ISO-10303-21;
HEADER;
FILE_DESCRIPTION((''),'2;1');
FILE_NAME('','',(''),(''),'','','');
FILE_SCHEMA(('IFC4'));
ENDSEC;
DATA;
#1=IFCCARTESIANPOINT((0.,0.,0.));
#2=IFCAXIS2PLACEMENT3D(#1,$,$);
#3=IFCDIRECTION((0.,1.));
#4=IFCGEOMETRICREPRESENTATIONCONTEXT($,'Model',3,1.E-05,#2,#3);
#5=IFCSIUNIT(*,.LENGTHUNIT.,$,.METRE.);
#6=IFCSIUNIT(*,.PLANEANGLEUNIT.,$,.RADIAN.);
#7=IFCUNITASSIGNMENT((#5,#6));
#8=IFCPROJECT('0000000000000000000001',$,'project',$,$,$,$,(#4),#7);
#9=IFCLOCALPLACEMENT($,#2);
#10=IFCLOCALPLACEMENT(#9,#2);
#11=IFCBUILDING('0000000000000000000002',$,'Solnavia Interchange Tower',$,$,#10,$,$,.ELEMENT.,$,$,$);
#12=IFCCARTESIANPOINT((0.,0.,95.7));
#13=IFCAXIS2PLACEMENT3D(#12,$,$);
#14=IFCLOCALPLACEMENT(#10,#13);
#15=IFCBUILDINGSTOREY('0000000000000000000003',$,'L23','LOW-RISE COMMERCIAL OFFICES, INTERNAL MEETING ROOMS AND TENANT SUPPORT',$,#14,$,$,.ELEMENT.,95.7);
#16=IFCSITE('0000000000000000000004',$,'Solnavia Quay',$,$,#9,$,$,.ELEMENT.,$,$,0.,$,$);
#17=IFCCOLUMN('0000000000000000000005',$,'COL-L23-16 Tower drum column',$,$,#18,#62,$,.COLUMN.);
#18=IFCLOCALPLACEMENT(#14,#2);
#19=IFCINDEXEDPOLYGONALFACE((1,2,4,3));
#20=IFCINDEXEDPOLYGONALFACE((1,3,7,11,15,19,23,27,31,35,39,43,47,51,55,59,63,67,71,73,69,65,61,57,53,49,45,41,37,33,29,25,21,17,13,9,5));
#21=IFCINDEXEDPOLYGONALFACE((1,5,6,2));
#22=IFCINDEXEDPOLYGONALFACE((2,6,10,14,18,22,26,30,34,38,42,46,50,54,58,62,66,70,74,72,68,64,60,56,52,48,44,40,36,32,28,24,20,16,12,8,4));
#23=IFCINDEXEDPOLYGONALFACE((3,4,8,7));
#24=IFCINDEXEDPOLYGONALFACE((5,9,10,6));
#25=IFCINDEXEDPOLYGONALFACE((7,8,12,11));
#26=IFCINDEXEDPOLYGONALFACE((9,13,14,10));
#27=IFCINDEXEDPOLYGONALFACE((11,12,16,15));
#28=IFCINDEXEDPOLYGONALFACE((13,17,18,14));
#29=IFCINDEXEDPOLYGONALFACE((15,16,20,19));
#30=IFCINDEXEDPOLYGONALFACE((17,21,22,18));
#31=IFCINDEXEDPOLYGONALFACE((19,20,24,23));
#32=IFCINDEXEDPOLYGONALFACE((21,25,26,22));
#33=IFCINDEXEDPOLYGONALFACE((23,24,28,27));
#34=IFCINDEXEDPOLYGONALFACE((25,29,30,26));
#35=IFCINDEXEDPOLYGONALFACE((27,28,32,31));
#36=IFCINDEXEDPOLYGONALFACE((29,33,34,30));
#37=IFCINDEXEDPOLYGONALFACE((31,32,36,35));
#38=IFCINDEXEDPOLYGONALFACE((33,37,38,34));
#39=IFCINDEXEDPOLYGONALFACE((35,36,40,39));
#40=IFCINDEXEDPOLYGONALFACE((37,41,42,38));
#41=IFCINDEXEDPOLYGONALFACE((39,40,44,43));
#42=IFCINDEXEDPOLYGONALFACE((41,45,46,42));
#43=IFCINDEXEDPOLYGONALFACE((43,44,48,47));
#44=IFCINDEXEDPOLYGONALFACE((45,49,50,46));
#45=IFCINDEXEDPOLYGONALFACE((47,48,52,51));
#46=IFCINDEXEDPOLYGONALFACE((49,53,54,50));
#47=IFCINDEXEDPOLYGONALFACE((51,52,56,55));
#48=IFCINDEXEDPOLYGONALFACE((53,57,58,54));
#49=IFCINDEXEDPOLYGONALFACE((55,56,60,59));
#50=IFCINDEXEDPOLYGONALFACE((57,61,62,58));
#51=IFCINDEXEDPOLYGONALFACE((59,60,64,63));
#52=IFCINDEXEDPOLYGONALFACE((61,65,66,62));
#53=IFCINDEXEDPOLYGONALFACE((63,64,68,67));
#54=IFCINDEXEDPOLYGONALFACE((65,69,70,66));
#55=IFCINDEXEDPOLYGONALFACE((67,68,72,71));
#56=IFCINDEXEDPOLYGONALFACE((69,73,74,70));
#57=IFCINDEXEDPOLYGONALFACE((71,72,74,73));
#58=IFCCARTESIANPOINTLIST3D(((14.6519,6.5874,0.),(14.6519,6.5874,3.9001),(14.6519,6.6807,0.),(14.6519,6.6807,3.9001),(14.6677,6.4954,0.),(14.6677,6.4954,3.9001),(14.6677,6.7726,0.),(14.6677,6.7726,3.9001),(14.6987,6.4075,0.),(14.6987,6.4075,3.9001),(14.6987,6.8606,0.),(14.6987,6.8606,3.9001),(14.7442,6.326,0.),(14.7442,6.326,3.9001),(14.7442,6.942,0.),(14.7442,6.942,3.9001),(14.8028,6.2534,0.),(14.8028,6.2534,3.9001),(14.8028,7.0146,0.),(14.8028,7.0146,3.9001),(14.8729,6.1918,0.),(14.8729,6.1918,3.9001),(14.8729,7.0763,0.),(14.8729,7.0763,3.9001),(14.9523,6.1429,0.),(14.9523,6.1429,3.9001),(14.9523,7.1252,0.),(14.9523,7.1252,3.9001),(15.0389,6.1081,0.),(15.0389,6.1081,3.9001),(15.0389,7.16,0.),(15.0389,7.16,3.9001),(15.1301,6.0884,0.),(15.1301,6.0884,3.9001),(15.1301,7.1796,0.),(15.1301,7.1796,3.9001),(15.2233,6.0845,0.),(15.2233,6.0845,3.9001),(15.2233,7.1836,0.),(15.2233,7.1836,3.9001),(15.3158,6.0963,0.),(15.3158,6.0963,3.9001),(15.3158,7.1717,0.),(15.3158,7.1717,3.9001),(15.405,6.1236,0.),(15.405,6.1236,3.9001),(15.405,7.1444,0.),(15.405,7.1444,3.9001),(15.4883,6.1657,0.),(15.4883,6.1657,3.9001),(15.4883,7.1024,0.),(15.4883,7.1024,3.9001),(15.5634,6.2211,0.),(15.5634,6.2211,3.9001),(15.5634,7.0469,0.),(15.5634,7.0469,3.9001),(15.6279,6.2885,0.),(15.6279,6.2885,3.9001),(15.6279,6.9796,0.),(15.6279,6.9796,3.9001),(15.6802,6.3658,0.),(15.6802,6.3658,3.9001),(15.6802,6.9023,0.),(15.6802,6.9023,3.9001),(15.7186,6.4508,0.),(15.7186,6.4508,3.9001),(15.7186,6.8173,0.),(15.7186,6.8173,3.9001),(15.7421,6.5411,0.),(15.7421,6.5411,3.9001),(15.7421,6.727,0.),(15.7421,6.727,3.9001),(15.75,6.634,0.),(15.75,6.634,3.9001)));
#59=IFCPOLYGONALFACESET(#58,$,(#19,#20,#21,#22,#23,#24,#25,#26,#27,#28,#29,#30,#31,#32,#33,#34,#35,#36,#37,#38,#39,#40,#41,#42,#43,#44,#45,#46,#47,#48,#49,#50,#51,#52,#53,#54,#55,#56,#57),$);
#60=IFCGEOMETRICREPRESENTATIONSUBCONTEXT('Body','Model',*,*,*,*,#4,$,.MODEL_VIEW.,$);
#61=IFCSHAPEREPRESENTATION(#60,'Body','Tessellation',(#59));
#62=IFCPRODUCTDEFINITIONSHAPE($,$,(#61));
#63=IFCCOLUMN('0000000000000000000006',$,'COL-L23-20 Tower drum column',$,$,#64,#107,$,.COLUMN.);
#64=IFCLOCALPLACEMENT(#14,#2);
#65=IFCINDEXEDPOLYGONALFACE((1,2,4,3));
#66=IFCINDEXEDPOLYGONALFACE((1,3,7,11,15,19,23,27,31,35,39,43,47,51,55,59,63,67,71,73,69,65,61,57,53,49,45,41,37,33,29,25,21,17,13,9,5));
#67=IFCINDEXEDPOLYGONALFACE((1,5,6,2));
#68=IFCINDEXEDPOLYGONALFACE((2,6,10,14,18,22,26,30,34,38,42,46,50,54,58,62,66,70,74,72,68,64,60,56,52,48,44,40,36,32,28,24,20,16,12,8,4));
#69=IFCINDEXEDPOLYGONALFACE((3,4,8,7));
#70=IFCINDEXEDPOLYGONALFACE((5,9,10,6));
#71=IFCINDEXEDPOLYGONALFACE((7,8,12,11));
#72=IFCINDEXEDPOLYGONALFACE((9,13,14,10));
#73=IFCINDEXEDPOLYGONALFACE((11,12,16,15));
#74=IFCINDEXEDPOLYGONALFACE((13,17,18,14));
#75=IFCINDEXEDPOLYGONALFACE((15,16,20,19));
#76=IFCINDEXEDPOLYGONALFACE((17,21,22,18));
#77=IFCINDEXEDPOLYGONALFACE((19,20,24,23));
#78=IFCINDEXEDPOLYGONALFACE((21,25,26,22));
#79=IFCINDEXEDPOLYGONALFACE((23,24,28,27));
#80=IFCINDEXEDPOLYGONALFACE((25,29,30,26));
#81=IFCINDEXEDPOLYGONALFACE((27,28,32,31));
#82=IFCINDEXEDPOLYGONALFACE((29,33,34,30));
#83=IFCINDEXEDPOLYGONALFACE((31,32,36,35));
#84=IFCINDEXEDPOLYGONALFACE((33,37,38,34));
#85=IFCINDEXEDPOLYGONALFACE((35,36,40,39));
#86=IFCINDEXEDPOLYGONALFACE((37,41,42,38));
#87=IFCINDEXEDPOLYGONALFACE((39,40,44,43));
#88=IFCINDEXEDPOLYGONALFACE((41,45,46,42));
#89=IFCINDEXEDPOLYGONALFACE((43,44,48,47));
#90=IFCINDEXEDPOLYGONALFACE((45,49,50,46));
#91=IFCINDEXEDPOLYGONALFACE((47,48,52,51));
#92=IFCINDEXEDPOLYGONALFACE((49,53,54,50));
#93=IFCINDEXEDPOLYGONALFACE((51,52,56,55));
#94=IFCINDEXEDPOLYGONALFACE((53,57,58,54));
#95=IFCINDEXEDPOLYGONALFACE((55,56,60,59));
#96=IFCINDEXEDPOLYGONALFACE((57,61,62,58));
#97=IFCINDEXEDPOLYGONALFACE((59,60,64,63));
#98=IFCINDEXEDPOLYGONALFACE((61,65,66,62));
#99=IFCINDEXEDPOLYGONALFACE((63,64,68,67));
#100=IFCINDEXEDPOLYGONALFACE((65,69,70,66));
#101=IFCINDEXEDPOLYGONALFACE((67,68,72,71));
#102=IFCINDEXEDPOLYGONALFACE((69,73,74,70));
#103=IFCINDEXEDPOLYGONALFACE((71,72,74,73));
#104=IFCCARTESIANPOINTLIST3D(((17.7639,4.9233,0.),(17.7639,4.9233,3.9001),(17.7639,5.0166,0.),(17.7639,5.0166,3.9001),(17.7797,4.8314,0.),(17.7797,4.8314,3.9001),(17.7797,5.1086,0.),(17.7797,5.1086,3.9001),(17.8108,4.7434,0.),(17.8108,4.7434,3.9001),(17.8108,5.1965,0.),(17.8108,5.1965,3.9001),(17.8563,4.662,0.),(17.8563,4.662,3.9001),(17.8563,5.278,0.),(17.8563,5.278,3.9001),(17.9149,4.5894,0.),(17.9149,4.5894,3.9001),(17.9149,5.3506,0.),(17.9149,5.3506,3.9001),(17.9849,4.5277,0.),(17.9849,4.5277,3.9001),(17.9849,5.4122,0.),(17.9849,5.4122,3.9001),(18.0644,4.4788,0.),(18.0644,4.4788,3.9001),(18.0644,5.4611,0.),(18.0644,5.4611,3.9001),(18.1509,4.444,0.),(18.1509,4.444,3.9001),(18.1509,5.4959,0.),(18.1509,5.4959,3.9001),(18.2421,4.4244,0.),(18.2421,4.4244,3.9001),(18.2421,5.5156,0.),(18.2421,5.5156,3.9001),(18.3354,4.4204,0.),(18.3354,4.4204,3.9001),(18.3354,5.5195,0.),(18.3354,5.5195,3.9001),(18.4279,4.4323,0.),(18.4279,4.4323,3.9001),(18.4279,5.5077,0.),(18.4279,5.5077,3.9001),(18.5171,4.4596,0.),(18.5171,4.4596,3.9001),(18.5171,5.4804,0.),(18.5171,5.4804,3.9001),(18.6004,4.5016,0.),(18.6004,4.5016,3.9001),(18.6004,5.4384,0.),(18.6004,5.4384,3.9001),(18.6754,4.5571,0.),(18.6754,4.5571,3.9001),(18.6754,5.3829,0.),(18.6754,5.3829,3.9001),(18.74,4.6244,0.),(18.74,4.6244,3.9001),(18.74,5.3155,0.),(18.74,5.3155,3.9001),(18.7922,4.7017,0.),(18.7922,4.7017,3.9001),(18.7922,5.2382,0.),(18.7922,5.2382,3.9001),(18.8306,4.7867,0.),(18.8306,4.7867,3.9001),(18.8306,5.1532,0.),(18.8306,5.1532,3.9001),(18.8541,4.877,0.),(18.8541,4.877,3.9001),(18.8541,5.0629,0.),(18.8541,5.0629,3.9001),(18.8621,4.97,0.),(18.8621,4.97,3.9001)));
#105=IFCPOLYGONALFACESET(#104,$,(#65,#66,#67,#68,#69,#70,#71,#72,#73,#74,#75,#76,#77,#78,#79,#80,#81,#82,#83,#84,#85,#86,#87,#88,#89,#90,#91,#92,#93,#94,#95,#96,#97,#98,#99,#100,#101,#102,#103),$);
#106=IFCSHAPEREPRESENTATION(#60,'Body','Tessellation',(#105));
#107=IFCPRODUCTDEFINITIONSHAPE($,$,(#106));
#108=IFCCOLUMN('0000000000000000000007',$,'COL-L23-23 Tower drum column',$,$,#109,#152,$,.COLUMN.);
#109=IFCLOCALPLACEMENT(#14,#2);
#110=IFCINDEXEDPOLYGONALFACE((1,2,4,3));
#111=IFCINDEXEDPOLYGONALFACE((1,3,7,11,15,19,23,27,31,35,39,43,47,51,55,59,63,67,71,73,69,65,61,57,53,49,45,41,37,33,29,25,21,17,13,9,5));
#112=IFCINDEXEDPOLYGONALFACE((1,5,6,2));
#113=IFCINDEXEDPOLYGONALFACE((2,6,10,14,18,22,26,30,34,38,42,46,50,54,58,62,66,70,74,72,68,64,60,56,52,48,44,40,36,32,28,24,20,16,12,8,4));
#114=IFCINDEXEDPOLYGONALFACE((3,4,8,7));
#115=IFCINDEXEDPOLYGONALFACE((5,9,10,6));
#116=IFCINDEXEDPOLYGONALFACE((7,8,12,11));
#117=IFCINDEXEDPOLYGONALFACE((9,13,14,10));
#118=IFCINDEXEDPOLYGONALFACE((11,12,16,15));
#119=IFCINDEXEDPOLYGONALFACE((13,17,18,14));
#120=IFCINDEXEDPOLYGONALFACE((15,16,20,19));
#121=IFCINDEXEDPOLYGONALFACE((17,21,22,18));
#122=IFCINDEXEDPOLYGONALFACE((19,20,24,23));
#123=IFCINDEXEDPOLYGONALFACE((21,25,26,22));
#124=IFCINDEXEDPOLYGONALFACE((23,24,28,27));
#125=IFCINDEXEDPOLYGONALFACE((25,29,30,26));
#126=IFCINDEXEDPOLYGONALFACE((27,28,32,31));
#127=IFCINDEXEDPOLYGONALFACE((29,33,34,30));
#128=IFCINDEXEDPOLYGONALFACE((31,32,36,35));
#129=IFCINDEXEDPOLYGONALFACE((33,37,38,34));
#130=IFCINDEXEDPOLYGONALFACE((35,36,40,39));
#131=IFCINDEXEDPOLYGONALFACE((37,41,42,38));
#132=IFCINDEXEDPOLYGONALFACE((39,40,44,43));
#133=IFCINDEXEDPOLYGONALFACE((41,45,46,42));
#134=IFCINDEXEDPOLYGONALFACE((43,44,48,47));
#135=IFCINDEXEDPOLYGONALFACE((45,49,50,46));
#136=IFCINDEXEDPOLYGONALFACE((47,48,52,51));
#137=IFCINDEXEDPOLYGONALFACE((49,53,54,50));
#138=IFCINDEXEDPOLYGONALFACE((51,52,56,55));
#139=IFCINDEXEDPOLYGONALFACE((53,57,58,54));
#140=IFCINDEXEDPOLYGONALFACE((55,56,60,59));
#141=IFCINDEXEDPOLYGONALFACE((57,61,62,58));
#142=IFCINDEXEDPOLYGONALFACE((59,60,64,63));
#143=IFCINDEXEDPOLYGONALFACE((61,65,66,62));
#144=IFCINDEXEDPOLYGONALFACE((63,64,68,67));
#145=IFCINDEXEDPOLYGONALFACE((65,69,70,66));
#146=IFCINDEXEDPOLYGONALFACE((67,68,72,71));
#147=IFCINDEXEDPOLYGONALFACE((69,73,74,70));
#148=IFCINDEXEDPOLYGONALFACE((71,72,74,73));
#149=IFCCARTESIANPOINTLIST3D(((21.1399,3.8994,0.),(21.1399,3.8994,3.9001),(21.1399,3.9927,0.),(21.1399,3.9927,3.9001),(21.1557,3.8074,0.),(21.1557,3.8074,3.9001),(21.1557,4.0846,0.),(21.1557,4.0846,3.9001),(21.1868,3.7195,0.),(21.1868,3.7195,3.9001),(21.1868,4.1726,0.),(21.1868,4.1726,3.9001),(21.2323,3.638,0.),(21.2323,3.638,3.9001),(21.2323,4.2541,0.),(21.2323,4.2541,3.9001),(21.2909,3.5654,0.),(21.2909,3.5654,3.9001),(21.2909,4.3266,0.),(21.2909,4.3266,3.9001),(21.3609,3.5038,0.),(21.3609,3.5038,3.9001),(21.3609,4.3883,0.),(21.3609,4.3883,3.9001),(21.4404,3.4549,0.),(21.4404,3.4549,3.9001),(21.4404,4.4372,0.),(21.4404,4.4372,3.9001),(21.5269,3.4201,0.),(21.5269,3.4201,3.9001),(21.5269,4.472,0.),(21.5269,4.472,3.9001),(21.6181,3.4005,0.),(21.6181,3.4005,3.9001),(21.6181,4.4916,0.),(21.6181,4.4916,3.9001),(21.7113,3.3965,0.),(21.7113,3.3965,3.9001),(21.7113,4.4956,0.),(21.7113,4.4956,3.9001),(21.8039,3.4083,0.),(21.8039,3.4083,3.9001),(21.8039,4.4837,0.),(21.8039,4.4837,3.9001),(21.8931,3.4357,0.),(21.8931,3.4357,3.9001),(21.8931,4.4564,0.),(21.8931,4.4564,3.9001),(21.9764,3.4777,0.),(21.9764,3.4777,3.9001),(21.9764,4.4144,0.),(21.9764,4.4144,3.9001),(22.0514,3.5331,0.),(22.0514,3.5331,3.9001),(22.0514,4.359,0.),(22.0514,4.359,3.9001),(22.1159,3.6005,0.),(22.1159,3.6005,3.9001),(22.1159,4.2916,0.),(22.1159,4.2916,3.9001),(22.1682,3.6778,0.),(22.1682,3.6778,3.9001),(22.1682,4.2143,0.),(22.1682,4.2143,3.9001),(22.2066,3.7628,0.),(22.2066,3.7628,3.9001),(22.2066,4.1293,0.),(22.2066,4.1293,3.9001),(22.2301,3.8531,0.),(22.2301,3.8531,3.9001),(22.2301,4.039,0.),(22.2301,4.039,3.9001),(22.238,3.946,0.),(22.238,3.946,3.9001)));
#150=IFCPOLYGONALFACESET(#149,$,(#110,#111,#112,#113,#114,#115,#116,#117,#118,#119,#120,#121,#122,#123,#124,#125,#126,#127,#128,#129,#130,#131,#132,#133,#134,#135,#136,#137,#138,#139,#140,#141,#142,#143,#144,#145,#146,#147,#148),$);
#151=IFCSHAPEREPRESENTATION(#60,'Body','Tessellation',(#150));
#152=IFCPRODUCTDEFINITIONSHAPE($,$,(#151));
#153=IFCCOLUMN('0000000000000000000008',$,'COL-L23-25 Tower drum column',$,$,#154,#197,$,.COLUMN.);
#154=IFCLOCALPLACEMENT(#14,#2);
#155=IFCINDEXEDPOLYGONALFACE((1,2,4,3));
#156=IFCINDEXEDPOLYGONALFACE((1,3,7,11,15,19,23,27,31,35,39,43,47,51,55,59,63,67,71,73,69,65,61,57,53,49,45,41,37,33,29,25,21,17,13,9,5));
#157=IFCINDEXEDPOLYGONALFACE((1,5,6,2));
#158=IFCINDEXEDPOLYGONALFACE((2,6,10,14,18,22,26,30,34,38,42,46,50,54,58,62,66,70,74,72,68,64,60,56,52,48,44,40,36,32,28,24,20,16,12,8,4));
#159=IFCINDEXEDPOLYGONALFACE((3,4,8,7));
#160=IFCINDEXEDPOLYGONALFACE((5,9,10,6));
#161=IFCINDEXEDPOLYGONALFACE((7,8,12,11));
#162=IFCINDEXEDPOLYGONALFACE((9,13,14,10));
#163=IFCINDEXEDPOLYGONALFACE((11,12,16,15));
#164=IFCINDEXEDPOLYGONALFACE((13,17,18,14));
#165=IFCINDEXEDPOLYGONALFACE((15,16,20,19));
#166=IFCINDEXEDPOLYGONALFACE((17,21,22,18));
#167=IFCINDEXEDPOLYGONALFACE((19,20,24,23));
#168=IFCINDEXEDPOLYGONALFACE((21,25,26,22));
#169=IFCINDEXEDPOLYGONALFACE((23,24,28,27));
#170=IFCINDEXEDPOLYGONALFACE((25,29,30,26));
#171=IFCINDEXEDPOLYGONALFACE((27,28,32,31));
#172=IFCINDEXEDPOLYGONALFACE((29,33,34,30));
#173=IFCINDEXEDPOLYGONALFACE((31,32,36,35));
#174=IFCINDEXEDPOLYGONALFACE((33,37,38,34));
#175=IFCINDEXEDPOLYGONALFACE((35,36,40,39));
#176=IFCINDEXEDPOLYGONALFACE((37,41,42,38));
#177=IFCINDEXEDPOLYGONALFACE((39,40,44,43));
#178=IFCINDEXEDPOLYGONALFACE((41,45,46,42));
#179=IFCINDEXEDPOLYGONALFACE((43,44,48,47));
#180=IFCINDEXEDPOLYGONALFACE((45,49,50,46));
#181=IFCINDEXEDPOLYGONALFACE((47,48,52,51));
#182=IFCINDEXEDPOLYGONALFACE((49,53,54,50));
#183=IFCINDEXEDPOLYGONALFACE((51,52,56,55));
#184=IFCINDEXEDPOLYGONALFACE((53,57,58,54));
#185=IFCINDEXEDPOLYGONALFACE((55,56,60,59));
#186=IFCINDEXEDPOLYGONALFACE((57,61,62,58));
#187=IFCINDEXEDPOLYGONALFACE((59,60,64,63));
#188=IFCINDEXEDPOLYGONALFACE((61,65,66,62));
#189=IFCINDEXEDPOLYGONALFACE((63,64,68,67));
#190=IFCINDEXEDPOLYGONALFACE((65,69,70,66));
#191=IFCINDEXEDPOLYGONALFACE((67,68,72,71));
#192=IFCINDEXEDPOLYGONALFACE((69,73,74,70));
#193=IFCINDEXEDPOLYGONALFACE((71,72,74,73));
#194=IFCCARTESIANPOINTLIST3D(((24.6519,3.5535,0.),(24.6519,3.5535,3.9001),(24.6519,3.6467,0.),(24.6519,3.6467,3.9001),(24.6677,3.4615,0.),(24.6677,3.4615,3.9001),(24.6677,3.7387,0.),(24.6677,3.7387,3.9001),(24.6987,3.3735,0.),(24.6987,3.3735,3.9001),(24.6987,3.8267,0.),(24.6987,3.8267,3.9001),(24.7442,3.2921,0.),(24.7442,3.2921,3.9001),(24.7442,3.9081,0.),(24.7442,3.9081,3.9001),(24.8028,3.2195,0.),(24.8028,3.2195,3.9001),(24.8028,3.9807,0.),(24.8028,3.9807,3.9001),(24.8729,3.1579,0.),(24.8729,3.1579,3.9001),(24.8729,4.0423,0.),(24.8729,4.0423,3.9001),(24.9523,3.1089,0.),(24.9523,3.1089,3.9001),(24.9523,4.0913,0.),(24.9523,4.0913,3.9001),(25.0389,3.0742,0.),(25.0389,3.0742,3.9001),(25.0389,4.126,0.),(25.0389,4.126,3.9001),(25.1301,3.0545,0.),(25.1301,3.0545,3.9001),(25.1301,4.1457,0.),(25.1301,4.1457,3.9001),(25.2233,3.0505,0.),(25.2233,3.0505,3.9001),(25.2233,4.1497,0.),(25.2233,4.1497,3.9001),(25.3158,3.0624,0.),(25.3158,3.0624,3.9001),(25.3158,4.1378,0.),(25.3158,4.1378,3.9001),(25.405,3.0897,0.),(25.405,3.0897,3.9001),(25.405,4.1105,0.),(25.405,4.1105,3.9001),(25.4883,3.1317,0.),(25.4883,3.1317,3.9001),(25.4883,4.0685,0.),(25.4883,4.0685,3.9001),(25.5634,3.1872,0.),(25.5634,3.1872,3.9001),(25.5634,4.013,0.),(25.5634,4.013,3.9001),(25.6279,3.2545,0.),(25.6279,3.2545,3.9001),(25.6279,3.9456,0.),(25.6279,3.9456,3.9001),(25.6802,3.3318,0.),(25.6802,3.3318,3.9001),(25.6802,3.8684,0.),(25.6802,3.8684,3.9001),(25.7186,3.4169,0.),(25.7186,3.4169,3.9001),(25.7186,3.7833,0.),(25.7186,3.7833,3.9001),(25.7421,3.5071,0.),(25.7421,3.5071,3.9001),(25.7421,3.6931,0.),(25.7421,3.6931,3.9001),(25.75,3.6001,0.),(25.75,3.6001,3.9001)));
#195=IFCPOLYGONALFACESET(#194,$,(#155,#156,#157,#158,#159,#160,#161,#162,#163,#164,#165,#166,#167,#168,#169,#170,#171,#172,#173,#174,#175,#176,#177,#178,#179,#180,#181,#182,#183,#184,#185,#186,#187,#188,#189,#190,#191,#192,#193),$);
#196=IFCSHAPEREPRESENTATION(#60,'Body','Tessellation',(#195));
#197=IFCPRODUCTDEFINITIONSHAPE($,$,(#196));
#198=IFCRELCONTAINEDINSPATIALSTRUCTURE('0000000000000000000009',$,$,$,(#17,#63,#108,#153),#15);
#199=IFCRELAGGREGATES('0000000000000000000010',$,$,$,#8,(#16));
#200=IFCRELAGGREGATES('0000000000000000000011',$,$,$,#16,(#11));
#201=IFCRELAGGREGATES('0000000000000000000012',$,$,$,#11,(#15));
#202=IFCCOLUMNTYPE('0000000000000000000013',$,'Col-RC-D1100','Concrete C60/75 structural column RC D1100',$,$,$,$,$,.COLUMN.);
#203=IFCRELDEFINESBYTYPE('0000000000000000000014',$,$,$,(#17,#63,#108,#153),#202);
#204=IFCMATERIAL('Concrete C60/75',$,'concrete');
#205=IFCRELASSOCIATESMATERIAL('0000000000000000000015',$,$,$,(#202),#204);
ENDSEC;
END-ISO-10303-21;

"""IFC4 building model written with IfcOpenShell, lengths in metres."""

from ifc_helpers import new_model, si_unit, direction, frame, origin, origin_2d, place, context, subcontext, project, spatial, circle, extrude, material, material_profile, profile_set, type_object, element, save


model = new_model("IFC4")

# Units and contexts
model_context = context("Model", 3, precision=1e-05, world=origin(), true_north=direction((0.0, 1.0)))
body_context = subcontext(model_context, "Body", "Model", "MODEL_VIEW")
ifc_project = project(units=[si_unit("LENGTHUNIT", "METRE"), si_unit("PLANEANGLEUNIT", "RADIAN")], contexts=[model_context])

# Site, building, storey
site_placement = place(None, origin())
site = spatial("IfcSite", under=ifc_project, at=site_placement, Name="Solnavia Quay", CompositionType="ELEMENT", RefElevation=0.0)
building_placement = place(site_placement, origin())
building = spatial("IfcBuilding", under=site, at=building_placement, Name="Solnavia Interchange Tower", CompositionType="ELEMENT")
storey_placement = place(building_placement, frame((0.0, 0.0, 95.7)))
storey = spatial("IfcBuildingStorey", under=building, at=storey_placement, Name="L23", Description="LOW-RISE COMMERCIAL OFFICES, INTERNAL MEETING ROOMS AND TENANT SUPPORT", CompositionType="ELEMENT", Elevation=95.7)

# Columns
ifc_material_1 = material(Name="Concrete C60/75", Category="concrete")
ifc_material_profile_1 = material_profile(ifc_material_1, circle(Radius=0.55, at=origin_2d()), Name="RC D1100")
ifc_profile_set_1 = profile_set([ifc_material_profile_1], Name="Concrete C60/75")
column_type_1 = type_object("IfcColumnType", Name="Col-RC-D1100", Description="Concrete C60/75 structural column RC D1100", PredefinedType="COLUMN", material=ifc_profile_set_1)
for number, where, z_axis, x_axis, name in (
    (1, (15.2, 6.634, 0.0), (0.0, 0.0, 1.0), (1.0, 0.0, 0.0), "COL-L23-16 Tower drum column"),
    (2, (18.312, 4.97, 0.0), (0.0, 0.0, 1.0), (1.0, 0.0, 0.0), "COL-L23-20 Tower drum column"),
    (3, (21.688, 3.946, 0.0), (0.0, 0.0, 1.0), (1.0, 0.0, 0.0), "COL-L23-23 Tower drum column"),
    (4, (25.2, 3.6001, 0.0), (0.0, 0.0, 1.0), (1.0, 0.0, 0.0), "COL-L23-25 Tower drum column"),
):
    element("IfcColumn", number, at=place(storey_placement, frame(where, z_axis=z_axis, x_axis=x_axis)), inside=storey, type_object=column_type_1, Name=name, PredefinedType="COLUMN", context=body_context, shape_type="SweptSolid", body=[
        extrude(circle(Radius=0.55, at=origin_2d()), origin(), (0.0, 0.0, 1.0), 3.9001),
    ])

save(model, "model.ifc")
